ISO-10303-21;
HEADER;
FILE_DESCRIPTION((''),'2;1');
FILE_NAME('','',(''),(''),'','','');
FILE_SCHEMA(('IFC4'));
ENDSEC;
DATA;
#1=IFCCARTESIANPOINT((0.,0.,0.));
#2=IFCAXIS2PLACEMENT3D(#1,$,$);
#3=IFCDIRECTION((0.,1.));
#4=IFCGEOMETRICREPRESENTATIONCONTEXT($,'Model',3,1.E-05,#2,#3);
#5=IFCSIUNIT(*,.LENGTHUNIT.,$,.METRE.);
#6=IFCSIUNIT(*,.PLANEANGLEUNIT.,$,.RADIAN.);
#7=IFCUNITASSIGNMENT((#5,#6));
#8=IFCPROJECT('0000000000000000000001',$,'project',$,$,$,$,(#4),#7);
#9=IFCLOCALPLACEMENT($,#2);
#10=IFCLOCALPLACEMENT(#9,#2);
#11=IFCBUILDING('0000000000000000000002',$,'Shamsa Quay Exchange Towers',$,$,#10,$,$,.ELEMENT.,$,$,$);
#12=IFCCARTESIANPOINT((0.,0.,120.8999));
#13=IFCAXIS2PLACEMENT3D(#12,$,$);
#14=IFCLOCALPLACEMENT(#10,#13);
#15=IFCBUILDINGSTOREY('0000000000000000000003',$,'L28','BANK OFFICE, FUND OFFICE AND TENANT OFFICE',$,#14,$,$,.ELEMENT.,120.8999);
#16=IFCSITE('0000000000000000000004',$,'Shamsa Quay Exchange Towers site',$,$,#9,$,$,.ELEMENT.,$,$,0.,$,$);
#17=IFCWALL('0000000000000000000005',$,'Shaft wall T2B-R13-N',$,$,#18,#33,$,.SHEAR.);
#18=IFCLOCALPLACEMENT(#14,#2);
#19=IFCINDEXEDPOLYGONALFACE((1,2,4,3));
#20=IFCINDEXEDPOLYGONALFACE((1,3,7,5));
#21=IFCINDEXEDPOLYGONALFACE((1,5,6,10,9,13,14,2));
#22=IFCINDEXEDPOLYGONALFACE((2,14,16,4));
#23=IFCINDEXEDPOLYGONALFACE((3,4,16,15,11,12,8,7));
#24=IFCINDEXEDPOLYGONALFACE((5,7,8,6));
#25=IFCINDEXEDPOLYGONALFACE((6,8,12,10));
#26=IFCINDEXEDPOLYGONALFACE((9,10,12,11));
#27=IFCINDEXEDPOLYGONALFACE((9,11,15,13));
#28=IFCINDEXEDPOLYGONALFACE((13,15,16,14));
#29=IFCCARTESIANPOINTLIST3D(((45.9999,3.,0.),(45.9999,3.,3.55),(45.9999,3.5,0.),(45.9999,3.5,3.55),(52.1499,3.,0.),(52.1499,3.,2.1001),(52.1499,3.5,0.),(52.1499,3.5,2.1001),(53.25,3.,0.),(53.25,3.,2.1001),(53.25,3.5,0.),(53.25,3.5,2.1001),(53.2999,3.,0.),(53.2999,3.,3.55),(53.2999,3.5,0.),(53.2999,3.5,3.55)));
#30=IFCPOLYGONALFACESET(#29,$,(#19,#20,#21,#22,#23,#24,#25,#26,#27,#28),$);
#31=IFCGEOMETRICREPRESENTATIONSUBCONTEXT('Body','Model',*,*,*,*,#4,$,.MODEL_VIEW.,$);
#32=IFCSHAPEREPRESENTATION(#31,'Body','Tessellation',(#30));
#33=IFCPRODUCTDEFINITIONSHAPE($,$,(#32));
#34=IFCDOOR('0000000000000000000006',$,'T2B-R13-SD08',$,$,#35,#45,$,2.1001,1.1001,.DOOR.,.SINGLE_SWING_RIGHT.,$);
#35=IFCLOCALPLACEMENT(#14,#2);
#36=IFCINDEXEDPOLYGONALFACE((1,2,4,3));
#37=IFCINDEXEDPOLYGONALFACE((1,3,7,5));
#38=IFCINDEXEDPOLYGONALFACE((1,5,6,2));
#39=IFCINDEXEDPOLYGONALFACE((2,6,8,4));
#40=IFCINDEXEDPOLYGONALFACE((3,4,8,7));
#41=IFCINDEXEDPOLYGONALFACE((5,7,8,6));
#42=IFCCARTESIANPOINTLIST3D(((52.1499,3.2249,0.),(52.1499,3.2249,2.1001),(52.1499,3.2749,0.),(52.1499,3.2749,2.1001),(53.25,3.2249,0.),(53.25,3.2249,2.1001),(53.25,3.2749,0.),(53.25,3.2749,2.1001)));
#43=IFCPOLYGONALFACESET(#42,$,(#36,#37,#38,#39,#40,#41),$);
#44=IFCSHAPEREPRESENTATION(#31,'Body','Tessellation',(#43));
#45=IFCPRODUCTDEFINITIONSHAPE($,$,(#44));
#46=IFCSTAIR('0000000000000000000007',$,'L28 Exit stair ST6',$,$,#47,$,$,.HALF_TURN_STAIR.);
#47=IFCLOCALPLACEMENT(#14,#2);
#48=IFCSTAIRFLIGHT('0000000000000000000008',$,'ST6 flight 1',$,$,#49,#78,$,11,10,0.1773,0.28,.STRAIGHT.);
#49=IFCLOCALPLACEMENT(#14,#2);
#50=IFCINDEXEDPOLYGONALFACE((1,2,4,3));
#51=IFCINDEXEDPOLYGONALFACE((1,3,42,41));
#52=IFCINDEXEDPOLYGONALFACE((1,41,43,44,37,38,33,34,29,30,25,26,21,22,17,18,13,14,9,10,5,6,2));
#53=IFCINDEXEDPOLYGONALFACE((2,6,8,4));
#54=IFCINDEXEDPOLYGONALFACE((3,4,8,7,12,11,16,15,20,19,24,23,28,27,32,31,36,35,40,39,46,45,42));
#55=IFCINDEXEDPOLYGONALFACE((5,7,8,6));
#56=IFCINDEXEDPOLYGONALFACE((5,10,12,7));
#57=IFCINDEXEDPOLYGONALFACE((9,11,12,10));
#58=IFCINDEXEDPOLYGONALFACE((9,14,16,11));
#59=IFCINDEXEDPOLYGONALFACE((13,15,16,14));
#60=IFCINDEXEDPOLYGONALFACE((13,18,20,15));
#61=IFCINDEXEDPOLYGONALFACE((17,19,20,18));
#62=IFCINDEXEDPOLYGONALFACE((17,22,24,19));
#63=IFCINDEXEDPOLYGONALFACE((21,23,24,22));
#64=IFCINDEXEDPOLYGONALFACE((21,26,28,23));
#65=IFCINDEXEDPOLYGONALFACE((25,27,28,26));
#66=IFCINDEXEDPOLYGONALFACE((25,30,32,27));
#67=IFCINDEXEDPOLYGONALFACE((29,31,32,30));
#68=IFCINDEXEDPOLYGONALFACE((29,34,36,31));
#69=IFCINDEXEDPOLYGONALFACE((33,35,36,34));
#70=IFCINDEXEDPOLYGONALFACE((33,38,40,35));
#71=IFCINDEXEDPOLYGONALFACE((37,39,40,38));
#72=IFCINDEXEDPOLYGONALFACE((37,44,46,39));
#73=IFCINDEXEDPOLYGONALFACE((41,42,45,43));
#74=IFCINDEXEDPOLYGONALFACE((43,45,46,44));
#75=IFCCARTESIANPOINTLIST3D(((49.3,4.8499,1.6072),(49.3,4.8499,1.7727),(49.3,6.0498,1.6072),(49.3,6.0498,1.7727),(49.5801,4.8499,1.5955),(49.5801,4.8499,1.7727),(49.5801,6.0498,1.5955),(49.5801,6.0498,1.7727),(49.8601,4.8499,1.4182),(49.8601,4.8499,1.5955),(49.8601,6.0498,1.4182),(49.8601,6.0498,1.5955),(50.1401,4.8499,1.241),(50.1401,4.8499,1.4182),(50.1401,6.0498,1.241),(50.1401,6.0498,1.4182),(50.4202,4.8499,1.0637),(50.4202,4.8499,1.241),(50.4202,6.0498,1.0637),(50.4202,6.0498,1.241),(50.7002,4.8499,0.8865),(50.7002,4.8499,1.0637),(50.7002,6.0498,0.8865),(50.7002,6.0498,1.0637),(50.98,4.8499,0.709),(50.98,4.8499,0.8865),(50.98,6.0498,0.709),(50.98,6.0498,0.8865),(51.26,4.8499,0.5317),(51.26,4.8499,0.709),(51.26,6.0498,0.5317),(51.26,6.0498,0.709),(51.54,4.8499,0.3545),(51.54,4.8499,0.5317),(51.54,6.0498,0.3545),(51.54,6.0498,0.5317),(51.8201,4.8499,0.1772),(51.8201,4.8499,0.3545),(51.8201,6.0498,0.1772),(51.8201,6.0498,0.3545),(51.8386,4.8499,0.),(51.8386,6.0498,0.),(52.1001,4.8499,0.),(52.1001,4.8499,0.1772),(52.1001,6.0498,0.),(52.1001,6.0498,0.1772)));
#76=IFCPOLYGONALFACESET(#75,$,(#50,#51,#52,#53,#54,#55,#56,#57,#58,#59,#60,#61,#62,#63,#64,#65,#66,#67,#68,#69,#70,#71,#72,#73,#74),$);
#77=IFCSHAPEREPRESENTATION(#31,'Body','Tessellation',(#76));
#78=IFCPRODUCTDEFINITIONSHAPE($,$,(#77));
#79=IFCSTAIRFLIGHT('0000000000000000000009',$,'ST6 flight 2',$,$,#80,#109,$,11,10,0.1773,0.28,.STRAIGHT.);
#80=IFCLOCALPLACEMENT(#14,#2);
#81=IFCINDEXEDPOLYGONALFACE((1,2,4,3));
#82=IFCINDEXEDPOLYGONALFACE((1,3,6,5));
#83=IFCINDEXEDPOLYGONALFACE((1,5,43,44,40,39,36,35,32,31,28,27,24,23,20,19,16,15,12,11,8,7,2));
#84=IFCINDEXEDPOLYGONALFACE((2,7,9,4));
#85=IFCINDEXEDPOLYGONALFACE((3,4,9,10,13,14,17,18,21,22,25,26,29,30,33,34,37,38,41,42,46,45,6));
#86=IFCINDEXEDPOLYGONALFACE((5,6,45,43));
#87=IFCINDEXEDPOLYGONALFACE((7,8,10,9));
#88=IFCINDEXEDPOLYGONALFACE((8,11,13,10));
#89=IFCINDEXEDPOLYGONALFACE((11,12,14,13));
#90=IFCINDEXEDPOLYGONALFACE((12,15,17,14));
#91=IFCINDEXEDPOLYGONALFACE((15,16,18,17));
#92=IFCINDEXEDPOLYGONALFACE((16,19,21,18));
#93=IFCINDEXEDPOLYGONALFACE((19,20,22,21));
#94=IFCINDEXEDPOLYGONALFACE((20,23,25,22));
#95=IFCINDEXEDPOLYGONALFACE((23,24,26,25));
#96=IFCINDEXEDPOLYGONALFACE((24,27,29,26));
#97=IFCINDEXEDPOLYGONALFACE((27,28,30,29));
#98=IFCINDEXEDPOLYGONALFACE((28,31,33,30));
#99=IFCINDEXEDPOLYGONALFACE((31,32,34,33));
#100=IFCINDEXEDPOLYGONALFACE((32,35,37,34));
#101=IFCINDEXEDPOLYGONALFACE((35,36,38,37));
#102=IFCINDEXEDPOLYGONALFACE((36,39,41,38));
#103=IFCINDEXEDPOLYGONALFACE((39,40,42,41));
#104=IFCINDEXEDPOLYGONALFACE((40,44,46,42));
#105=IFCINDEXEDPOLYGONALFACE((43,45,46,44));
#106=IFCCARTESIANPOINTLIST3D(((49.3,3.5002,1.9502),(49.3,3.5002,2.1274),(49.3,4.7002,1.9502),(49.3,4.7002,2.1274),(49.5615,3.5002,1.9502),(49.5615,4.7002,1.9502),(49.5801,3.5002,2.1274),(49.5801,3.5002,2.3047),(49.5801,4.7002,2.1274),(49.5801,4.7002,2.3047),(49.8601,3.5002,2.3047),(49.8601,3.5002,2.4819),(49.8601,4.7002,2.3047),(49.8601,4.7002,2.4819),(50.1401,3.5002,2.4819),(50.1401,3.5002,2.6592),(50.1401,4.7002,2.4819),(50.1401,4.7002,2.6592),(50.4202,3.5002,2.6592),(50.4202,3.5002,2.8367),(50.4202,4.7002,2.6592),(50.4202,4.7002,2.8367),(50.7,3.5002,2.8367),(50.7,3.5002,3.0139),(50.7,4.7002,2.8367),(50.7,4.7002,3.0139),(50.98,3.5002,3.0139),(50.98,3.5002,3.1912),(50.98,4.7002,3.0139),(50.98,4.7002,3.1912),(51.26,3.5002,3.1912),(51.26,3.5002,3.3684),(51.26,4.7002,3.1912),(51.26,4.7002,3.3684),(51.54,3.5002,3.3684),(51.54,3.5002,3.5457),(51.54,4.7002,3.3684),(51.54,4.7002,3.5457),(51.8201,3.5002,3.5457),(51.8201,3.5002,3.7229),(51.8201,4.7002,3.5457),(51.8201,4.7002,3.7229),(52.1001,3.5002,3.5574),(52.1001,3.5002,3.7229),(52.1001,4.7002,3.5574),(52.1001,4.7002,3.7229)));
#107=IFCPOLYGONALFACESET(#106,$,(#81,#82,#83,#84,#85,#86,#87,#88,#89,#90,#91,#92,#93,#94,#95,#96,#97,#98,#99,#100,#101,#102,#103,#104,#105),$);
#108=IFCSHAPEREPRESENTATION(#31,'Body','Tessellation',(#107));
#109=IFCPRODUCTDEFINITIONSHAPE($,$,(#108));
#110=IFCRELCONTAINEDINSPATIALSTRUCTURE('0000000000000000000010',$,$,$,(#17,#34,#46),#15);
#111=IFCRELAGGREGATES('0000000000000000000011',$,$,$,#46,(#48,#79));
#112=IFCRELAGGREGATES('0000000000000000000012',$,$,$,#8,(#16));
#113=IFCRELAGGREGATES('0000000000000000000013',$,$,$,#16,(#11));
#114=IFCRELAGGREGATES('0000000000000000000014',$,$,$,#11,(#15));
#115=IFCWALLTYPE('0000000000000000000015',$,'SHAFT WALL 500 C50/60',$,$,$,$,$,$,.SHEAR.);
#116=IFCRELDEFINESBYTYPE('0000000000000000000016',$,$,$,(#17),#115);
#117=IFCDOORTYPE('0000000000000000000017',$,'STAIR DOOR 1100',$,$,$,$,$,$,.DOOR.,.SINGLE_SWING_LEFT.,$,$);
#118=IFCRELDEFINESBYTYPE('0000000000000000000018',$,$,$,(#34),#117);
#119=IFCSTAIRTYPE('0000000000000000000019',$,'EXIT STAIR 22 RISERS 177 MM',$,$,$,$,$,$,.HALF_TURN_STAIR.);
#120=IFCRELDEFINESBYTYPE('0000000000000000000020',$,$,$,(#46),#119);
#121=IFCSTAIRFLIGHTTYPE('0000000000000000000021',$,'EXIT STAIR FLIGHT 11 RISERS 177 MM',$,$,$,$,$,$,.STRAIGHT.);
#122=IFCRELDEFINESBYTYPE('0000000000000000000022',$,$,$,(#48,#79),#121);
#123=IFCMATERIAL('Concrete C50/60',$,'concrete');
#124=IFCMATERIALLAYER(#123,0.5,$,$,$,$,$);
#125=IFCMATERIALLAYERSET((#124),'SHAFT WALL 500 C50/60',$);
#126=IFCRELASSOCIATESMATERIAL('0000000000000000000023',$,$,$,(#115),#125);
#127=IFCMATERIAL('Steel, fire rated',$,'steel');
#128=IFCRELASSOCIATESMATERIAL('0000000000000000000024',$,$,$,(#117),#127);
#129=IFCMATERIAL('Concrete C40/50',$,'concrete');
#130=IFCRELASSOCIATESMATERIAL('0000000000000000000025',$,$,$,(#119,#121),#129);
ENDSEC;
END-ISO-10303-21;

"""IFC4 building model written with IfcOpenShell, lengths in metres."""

from ifc_helpers import new_model, si_unit, direction, frame, frame_2d, origin, place, context, subcontext, project, spatial, polyline, rectangle, outline, extrude, material, layer, layer_set, type_object, element, fill, aggregate, save


model = new_model("IFC4")

# Units and contexts
model_context = context("Model", 3, precision=1e-05, world=origin(), true_north=direction((0.0, 1.0)))
body_context = subcontext(model_context, "Body", "Model", "MODEL_VIEW")
ifc_project = project(units=[si_unit("LENGTHUNIT", "METRE"), si_unit("PLANEANGLEUNIT", "RADIAN")], contexts=[model_context])

# Site, building, storey
site_placement = place(None, origin())
site = spatial("IfcSite", under=ifc_project, at=site_placement, Name="Shamsa Quay Exchange Towers site", CompositionType="ELEMENT", RefElevation=0.0)
building_placement = place(site_placement, origin())
building = spatial("IfcBuilding", under=site, at=building_placement, Name="Shamsa Quay Exchange Towers", CompositionType="ELEMENT")
storey_placement = place(building_placement, frame((0.0, 0.0, 120.8999)))
storey = spatial("IfcBuildingStorey", under=building, at=storey_placement, Name="L28", Description="BANK OFFICE, FUND OFFICE AND TENANT OFFICE", CompositionType="ELEMENT", Elevation=120.8999)

# Shared definitions
ifc_material_1 = material(Name="Concrete C50/60", Category="concrete")
ifc_material_2 = material(Name="Steel, fire rated", Category="steel")

# Wall, opening, door
ifc_layer_1 = layer(ifc_material_1, 0.5)
ifc_layer_set_1 = layer_set([ifc_layer_1], Name="SHAFT WALL 500 C50/60")
wall_type_1 = type_object("IfcWallType", Name="SHAFT WALL 500 C50/60", PredefinedType="SHEAR", material=ifc_layer_set_1)
wall_1_placement = place(storey_placement, frame((46.0, 3.25, 0.0)))
wall_1 = element("IfcWall", 1, at=wall_1_placement, inside=storey, type_object=wall_type_1, Name="Shaft wall T2B-R13-N", PredefinedType="SHEAR", context=body_context, shape_type="SweptSolid", body=[
    extrude(rectangle(XDim=7.3, YDim=0.5, at=frame_2d((3.6499, 0.0))), origin(), (0.0, 0.0, 1.0), 3.55),
])
opening_1_placement = place(wall_1_placement, frame((6.1499, 0.0, 0.0)))
opening_1 = element("IfcOpeningElement", 2, at=opening_1_placement, cuts=wall_1, PredefinedType="OPENING", context=body_context, shape_type="SweptSolid", body=[
    extrude(rectangle(XDim=1.1001, YDim=2.1001, at=frame_2d((0.55, 1.05))), frame((0.0, 0.26, 0.0), z_axis=(0.0, -1.0, 0.0), x_axis=(1.0, 0.0, 0.0)), (0.0, 0.0, 1.0), 0.52),
])
door_type_1 = type_object("IfcDoorType", Name="STAIR DOOR 1100", OperationType="SINGLE_SWING_LEFT", PredefinedType="DOOR", material=ifc_material_2)
door_1_placement = place(opening_1_placement, origin())
door_1 = element("IfcDoor", 3, at=door_1_placement, inside=storey, type_object=door_type_1, Name="T2B-R13-SD08", OperationType="SINGLE_SWING_RIGHT", OverallHeight=2.1001, OverallWidth=1.1001, PredefinedType="DOOR", context=body_context, shape_type="SweptSolid", body=[
    extrude(rectangle(XDim=1.1001, YDim=2.1001, at=frame_2d((0.55, 1.05))), frame((0.0, 0.0249, 0.0), z_axis=(0.0, -1.0, 0.0), x_axis=(1.0, 0.0, 0.0)), (0.0, 0.0, 1.0), 0.05),
])
fill(opening_1, door_1)

# Stair, stair flights
ifc_material_3 = material(Name="Concrete C40/50", Category="concrete")
stair_type = type_object("IfcStairType", Name="EXIT STAIR 22 RISERS 177 MM", PredefinedType="HALF_TURN_STAIR", material=ifc_material_3)
stair_placement = place(storey_placement, origin())
stair = element("IfcStair", 4, at=stair_placement, inside=storey, type_object=stair_type, Name="L28 Exit stair ST6", PredefinedType="HALF_TURN_STAIR")
stair_flight_type = type_object("IfcStairFlightType", Name="EXIT STAIR FLIGHT 11 RISERS 177 MM", PredefinedType="STRAIGHT", material=ifc_material_3)
stair_flight_1_placement = place(storey_placement, frame((52.1001, 5.45, 0.0), z_axis=(0.0, 0.0, 1.0), x_axis=(-1.0, 0.0, 0.0)))
stair_flight_1 = element("IfcStairFlight", 5, at=stair_flight_1_placement, type_object=stair_flight_type, Name="ST6 flight 1", NumberOfRisers=11, NumberOfTreads=10, PredefinedType="STRAIGHT", RiserHeight=0.1773, TreadLength=0.28, context=body_context, shape_type="SweptSolid", body=[
    extrude(outline(polyline([(0.0, 0.0), (0.0, 0.1772), (0.28, 0.1772), (0.28, 0.3545), (0.5601, 0.3545), (0.5601, 0.5317), (0.8401, 0.5317), (0.8401, 0.709), (1.1201, 0.709), (1.1201, 0.8865), (1.3999, 0.8865), (1.3999, 1.0637), (1.6799, 1.0637), (1.6799, 1.241), (1.96, 1.241), (1.96, 1.4182), (2.24, 1.4182), (2.24, 1.5955), (2.52, 1.5955), (2.52, 1.7727), (2.8, 1.7727), (2.8, 1.95), (2.8, 1.6072), (0.2615, 0.0), (0.0, 0.0)])), frame((0.0, 0.6001, 0.0), z_axis=(0.0, -1.0, 0.0), x_axis=(1.0, 0.0, 0.0)), (0.0, 0.0, 1.0), 1.2),
])
stair_flight_2_placement = place(storey_placement, frame((49.3, 4.1001, 1.9502)))
stair_flight_2 = element("IfcStairFlight", 6, at=stair_flight_2_placement, type_object=stair_flight_type, Name="ST6 flight 2", NumberOfRisers=11, NumberOfTreads=10, PredefinedType="STRAIGHT", RiserHeight=0.1773, TreadLength=0.28, context=body_context, shape_type="SweptSolid", body=[
    extrude(outline(polyline([(0.0, 0.0), (0.0, 0.1772), (0.28, 0.1772), (0.28, 0.3545), (0.5601, 0.3545), (0.5601, 0.5317), (0.8401, 0.5317), (0.8401, 0.709), (1.1201, 0.709), (1.1201, 0.8865), (1.3999, 0.8865), (1.3999, 1.0637), (1.6799, 1.0637), (1.6799, 1.241), (1.96, 1.241), (1.96, 1.4182), (2.24, 1.4182), (2.24, 1.5955), (2.52, 1.5955), (2.52, 1.7727), (2.8, 1.7727), (2.8, 1.95), (2.8, 1.6072), (0.2615, 0.0), (0.0, 0.0)])), frame((0.0, 0.6001, 0.0), z_axis=(0.0, -1.0, 0.0), x_axis=(1.0, 0.0, 0.0)), (0.0, 0.0, 1.0), 1.2),
])
aggregate(stair, [stair_flight_1, stair_flight_2])

save(model, "model.ifc")
